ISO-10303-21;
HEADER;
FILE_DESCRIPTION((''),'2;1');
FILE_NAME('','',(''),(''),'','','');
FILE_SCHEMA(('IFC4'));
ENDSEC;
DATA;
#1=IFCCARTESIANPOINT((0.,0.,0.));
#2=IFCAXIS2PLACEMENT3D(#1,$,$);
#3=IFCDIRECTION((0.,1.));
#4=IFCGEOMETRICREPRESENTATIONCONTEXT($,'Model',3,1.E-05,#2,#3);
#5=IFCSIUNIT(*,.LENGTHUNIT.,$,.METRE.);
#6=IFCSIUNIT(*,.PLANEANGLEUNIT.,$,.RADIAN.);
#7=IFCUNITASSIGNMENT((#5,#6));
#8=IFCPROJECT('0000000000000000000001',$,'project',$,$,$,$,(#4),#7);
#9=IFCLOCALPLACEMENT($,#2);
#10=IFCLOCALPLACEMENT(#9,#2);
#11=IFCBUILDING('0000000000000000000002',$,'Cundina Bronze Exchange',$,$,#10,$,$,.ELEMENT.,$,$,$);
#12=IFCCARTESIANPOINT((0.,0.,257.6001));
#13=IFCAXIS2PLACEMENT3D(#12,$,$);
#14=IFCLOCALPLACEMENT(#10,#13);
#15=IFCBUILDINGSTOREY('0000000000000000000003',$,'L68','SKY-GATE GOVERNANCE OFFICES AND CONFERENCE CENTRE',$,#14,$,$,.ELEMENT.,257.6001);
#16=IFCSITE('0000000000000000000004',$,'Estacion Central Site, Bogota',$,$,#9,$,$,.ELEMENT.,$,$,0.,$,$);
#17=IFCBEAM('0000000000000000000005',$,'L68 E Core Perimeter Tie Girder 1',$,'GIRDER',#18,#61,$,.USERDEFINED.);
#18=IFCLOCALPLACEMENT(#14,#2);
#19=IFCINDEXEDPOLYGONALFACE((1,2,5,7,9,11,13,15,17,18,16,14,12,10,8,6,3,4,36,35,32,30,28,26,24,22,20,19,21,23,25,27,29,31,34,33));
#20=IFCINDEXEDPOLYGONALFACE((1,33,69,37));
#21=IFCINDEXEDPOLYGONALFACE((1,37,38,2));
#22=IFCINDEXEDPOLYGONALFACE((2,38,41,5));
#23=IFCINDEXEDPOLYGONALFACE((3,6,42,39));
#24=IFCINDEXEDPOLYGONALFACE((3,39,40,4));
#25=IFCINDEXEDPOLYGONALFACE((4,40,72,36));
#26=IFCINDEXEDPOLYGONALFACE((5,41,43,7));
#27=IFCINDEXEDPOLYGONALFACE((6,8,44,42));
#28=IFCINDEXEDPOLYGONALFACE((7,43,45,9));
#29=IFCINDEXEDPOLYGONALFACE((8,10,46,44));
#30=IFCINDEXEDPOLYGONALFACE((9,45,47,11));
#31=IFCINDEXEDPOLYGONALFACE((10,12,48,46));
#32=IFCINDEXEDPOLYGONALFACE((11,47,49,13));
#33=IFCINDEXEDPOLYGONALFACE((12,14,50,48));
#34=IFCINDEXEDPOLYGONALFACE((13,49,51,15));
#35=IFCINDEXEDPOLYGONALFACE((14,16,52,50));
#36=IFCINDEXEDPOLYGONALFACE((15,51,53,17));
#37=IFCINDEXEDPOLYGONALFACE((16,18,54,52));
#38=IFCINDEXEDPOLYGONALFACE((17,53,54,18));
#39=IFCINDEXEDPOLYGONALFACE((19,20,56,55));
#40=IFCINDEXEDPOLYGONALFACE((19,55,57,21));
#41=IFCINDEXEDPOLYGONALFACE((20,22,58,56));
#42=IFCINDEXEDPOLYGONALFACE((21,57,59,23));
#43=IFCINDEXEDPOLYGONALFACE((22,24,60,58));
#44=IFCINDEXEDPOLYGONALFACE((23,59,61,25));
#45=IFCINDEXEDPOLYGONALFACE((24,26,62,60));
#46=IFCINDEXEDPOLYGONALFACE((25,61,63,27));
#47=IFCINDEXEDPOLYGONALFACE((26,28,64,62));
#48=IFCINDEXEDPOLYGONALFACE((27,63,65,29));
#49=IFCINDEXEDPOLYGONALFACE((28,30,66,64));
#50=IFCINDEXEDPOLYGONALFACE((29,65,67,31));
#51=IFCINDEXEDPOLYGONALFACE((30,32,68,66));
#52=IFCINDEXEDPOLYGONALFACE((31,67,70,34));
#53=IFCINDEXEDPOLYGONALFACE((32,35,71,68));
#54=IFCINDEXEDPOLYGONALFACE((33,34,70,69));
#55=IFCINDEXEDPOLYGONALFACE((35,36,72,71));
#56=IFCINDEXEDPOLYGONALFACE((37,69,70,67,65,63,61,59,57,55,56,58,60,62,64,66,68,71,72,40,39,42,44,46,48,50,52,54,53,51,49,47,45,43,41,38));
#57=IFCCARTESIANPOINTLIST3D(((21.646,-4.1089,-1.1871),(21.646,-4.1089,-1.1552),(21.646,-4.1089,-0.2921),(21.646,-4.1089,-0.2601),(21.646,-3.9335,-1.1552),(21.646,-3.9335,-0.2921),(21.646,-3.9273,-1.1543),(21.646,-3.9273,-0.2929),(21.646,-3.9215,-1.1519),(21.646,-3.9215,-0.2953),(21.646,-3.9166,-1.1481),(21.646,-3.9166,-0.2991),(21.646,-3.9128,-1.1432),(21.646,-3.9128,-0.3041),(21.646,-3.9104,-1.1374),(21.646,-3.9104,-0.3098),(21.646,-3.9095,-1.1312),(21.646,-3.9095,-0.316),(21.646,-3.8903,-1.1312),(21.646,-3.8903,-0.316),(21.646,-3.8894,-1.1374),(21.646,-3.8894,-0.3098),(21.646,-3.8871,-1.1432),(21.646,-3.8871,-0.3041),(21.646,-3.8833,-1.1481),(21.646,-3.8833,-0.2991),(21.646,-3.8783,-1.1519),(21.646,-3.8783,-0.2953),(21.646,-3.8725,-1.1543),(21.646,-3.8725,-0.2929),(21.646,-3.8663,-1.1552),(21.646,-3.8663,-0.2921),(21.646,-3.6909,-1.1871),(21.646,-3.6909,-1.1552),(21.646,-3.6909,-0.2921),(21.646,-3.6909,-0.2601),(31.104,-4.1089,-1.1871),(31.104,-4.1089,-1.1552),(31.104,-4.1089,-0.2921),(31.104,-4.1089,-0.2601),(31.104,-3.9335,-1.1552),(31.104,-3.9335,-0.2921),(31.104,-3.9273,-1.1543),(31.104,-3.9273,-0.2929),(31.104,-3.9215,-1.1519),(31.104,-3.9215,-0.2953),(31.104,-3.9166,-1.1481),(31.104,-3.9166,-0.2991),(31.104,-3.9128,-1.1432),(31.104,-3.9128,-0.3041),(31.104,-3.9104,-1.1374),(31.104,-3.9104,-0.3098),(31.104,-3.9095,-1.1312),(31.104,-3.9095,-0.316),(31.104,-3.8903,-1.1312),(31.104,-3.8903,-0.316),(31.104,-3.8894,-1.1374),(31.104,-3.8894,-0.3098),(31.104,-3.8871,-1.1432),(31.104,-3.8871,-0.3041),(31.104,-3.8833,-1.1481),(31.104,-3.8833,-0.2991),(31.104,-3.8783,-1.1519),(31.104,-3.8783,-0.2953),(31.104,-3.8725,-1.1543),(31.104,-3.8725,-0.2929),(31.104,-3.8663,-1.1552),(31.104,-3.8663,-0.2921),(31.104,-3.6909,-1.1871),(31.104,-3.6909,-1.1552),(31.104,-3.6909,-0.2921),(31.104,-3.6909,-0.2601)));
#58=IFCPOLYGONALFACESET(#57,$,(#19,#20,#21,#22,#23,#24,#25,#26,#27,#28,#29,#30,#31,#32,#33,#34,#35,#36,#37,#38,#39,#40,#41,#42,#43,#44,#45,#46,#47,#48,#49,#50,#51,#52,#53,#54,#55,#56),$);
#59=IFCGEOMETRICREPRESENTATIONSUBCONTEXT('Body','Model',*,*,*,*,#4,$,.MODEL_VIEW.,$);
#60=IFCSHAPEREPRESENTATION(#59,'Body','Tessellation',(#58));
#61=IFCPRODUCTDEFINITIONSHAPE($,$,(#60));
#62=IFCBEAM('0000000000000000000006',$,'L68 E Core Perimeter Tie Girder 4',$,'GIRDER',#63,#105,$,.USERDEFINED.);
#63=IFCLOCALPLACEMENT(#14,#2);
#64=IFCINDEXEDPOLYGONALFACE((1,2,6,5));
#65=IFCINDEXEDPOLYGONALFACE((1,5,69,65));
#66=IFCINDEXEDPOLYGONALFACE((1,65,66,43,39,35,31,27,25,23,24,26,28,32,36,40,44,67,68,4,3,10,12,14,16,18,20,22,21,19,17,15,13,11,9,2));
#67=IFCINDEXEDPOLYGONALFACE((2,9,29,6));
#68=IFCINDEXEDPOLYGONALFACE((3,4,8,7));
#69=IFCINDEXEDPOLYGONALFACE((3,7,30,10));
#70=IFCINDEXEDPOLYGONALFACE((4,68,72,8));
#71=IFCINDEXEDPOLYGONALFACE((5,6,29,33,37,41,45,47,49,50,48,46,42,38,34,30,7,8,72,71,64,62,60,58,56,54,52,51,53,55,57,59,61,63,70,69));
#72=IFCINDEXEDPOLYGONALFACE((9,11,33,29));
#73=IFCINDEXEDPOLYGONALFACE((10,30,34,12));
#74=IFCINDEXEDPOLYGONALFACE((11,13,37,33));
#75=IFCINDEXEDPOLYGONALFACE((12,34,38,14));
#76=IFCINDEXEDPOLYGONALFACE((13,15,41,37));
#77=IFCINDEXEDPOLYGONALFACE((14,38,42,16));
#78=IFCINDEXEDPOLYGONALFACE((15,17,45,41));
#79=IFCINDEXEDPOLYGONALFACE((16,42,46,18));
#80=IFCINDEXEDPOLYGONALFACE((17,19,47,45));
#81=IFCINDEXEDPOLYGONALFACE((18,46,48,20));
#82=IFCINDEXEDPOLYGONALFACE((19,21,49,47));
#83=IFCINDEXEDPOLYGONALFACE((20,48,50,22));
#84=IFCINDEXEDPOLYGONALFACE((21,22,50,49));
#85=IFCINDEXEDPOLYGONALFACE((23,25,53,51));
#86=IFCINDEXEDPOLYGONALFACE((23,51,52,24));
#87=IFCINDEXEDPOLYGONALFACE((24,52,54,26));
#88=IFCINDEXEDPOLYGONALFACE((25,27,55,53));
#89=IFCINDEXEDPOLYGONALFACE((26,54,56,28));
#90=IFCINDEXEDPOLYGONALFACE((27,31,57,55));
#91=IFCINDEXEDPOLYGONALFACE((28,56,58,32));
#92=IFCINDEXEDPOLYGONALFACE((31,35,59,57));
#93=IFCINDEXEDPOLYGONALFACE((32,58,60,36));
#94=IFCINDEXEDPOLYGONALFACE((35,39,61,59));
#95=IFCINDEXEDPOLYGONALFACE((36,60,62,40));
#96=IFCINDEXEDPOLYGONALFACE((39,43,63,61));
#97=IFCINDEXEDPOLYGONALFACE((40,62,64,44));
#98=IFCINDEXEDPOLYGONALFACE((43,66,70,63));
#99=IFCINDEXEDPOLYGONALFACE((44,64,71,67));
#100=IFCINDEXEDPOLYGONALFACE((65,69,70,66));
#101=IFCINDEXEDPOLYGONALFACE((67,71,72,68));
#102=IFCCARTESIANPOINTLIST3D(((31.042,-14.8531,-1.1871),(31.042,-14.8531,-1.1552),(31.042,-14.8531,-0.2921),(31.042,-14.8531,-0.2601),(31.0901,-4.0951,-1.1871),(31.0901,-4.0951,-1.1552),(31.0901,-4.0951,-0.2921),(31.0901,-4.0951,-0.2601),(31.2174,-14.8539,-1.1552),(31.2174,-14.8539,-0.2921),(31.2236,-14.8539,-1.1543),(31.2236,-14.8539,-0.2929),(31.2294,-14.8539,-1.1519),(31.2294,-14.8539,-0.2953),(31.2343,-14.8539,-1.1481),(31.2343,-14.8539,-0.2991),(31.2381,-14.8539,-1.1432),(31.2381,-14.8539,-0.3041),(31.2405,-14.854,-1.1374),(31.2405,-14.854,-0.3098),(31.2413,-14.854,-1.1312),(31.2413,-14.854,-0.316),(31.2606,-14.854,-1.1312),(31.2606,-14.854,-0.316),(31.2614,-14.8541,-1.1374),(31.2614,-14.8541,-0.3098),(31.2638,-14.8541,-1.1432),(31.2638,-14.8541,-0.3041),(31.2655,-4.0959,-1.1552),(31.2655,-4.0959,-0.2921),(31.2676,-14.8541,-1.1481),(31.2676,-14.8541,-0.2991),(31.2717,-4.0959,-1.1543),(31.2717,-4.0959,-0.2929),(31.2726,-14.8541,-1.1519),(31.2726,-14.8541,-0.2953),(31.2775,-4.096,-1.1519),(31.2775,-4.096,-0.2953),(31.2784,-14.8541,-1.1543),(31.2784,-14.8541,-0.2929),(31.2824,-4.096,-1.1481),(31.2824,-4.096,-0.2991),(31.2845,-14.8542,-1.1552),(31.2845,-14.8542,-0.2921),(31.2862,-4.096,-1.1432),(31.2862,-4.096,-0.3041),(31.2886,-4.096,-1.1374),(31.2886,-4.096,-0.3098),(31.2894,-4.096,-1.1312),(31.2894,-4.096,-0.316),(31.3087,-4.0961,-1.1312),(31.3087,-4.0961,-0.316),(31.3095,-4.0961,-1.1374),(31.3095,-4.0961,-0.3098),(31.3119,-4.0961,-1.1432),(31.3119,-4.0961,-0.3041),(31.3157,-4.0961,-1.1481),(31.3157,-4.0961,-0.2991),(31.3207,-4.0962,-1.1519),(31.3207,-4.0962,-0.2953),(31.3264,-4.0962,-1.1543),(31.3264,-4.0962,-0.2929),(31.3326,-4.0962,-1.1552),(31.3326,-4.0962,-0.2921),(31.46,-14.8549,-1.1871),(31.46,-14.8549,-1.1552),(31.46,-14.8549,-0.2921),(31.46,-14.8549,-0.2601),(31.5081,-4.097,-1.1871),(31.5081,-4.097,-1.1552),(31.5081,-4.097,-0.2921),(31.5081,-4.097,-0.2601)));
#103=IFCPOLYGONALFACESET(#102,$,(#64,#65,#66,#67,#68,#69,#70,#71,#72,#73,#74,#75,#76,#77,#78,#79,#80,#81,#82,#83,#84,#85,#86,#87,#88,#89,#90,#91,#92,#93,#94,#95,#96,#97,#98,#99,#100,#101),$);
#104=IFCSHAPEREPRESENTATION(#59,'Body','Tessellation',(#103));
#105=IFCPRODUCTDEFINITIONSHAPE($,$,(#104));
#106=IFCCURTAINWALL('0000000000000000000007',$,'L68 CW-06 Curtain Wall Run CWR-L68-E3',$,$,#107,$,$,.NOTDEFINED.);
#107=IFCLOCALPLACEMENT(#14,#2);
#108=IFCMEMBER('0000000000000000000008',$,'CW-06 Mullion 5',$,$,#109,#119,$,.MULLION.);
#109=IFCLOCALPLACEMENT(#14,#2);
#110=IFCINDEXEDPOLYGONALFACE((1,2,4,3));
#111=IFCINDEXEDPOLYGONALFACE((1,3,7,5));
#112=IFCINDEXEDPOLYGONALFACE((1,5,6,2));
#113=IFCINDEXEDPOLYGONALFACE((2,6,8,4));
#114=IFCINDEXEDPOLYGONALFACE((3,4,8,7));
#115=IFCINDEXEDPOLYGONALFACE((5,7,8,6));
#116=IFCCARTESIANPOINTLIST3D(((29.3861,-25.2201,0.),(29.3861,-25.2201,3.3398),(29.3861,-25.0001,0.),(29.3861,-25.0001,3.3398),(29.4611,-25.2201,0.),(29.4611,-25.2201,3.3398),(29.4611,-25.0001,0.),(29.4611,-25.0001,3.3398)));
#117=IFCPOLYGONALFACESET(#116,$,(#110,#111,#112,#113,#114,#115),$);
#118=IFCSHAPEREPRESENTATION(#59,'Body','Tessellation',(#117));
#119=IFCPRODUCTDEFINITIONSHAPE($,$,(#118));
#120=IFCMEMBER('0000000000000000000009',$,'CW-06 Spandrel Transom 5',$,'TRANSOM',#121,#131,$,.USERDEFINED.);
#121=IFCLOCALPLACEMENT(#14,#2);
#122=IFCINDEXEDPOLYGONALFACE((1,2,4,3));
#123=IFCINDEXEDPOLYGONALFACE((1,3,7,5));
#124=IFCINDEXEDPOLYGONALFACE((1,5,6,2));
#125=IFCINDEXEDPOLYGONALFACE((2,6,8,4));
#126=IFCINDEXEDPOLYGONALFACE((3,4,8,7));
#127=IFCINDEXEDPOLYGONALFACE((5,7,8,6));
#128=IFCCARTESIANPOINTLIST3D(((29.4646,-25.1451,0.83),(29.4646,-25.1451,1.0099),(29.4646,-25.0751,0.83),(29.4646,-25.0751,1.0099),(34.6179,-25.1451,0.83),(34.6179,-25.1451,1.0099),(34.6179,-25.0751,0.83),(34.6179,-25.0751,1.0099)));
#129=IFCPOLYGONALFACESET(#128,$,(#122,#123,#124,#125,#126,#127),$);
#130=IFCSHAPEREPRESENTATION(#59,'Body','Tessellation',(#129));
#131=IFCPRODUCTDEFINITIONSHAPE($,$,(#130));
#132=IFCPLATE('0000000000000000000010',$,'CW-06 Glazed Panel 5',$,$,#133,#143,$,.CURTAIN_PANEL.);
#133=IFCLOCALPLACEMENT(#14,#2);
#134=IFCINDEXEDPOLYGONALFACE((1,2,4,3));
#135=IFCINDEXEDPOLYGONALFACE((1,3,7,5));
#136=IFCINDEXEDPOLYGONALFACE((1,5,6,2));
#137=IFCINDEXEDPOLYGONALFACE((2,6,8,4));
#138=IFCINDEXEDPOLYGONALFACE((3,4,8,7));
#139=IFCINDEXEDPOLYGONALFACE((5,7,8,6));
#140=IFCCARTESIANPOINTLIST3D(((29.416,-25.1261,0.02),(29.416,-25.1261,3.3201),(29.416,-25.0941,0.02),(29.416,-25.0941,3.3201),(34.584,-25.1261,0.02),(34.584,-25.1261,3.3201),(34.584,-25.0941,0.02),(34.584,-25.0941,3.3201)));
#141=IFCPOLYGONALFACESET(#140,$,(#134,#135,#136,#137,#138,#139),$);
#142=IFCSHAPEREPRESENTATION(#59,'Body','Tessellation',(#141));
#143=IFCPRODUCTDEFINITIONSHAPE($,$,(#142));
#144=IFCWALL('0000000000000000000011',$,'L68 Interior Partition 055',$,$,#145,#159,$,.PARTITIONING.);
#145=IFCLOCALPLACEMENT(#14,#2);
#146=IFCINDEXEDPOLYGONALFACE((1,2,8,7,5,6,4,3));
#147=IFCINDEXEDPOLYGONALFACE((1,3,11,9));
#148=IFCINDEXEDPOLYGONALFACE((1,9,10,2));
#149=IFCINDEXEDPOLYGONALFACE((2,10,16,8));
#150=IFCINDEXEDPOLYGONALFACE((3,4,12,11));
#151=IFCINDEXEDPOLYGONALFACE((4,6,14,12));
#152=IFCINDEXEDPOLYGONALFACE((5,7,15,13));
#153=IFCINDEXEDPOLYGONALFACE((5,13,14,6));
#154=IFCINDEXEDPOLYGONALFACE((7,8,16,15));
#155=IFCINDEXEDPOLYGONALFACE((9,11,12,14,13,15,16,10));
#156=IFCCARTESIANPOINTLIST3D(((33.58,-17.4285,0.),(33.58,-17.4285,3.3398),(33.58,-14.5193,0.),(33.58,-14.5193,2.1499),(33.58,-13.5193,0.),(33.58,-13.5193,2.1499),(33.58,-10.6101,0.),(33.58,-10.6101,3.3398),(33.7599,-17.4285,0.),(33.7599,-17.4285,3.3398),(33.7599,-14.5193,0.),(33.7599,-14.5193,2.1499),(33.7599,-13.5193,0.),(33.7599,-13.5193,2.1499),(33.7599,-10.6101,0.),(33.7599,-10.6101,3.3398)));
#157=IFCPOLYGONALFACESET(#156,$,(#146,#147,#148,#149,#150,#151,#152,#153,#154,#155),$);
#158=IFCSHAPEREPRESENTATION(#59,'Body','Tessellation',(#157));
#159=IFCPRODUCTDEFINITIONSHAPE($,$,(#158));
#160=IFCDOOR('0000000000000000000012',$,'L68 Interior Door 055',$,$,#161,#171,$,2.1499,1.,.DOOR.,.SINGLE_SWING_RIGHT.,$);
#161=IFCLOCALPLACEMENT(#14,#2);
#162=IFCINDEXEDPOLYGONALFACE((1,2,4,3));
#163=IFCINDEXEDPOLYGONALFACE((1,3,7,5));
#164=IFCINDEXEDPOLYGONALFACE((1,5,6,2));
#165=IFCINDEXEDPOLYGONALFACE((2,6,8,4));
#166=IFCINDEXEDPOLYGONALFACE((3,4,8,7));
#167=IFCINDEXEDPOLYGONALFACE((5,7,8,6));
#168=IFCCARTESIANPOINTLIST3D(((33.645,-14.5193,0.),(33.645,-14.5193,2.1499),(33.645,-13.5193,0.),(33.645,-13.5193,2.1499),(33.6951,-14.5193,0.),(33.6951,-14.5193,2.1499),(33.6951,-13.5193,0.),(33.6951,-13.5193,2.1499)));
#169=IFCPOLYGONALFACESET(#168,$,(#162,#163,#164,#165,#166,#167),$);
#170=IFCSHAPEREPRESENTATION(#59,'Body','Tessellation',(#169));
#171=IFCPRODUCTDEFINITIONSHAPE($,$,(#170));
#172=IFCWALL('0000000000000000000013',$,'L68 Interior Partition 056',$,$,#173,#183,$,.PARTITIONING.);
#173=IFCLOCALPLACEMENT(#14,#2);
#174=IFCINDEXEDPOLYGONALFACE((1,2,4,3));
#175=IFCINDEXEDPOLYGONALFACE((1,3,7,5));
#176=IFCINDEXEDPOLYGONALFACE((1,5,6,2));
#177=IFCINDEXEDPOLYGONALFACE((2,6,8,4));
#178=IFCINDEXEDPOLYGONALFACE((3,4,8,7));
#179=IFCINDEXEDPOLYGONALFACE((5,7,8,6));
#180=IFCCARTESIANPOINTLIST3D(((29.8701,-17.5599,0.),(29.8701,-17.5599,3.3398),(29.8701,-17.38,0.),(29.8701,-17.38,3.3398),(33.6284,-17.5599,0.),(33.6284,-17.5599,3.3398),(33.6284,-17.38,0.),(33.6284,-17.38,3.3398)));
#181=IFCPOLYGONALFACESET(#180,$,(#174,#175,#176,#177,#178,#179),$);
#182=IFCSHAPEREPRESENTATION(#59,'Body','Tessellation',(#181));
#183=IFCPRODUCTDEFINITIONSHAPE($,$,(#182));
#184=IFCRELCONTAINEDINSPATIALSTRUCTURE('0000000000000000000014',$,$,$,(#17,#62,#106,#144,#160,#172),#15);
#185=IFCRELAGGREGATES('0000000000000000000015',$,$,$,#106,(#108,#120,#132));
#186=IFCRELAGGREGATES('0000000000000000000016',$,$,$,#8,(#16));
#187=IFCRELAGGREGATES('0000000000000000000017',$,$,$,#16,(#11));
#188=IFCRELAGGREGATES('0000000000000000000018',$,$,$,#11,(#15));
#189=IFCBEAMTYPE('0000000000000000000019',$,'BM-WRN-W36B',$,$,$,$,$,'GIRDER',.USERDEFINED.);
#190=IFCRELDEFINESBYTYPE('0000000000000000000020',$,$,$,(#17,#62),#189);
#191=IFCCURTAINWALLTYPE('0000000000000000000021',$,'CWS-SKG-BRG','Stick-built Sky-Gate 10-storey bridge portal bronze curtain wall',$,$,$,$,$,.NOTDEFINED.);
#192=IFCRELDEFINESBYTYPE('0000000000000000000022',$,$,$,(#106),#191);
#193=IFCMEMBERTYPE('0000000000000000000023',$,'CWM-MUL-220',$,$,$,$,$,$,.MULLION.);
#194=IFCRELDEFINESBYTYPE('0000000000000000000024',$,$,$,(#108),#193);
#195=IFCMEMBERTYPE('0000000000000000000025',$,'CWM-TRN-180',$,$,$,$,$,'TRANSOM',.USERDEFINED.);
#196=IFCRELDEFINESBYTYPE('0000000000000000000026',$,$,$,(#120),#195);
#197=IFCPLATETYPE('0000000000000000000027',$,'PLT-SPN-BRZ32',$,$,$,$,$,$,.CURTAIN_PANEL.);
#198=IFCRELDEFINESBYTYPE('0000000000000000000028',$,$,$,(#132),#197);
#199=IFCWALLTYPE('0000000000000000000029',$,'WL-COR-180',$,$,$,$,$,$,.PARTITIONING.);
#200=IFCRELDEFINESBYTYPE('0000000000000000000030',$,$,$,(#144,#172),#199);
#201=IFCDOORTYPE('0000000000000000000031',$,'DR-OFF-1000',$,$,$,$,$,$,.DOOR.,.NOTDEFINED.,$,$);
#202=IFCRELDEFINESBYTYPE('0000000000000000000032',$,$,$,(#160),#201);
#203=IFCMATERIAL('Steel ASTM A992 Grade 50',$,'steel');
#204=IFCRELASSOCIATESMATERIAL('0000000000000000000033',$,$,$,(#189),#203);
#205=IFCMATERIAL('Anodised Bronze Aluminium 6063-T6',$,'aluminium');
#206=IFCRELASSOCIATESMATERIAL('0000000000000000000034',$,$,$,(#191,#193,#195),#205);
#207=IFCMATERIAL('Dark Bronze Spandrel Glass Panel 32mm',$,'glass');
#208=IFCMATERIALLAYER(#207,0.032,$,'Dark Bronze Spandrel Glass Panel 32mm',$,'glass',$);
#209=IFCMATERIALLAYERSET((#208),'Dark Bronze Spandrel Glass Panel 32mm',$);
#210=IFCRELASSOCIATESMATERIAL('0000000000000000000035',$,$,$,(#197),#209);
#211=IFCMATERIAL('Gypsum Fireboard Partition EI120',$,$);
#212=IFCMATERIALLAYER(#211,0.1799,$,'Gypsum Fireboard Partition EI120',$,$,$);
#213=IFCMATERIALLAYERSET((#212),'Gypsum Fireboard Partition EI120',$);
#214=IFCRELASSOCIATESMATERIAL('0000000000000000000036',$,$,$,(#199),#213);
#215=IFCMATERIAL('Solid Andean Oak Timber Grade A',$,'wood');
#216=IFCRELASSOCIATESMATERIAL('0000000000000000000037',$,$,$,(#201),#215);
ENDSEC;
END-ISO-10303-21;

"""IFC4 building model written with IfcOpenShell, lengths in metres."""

from ifc_helpers import new_model, si_unit, direction, frame, frame_2d, origin, origin_2d, place, context, subcontext, project, spatial, rectangle, i_section, extrude, material, layer, layer_set, material_profile, profile_set, type_object, element, fill, aggregate, save


model = new_model("IFC4")

# Units and contexts
model_context = context("Model", 3, precision=1e-05, world=origin(), true_north=direction((0.0, 1.0)))
body_context = subcontext(model_context, "Body", "Model", "MODEL_VIEW")
ifc_project = project(units=[si_unit("LENGTHUNIT", "METRE"), si_unit("PLANEANGLEUNIT", "RADIAN")], contexts=[model_context])

# Site, building, storey
site_placement = place(None, origin())
site = spatial("IfcSite", under=ifc_project, at=site_placement, Name="Estacion Central Site, Bogota", CompositionType="ELEMENT", RefElevation=0.0)
building_placement = place(site_placement, origin())
building = spatial("IfcBuilding", under=site, at=building_placement, Name="Cundina Bronze Exchange", CompositionType="ELEMENT")
storey_placement = place(building_placement, frame((0.0, 0.0, 257.6001)))
storey = spatial("IfcBuildingStorey", under=building, at=storey_placement, Name="L68", Description="SKY-GATE GOVERNANCE OFFICES AND CONFERENCE CENTRE", CompositionType="ELEMENT", Elevation=257.6001)

# Shared definitions
ifc_material_1 = material(Name="Steel ASTM A992 Grade 50", Category="steel")

# Beams
ifc_material_profile_1 = material_profile(ifc_material_1, i_section(OverallWidth=0.418, OverallDepth=0.927, WebThickness=0.0193, FlangeThickness=0.032, FilletRadius=0.0239, at=origin_2d()), Name="W36X231", Category="steel")
ifc_profile_set_1 = profile_set([ifc_material_profile_1], Name="Steel ASTM A992 Grade 50")
beam_type_1 = type_object("IfcBeamType", Name="BM-WRN-W36B", ElementType="GIRDER", PredefinedType="USERDEFINED", material=ifc_profile_set_1)
beam_1_placement = place(storey_placement, frame((31.104, -3.8999, -0.7236), z_axis=(-1.0, 0.0, 0.0), x_axis=(0.0, -1.0, 0.0)))
element("IfcBeam", 1, at=beam_1_placement, inside=storey, type_object=beam_type_1, Name="L68 E Core Perimeter Tie Girder 1", ObjectType="GIRDER", PredefinedType="USERDEFINED", context=body_context, shape_type="SweptSolid", body=[
    extrude(i_section(OverallWidth=0.418, OverallDepth=0.927, WebThickness=0.0193, FlangeThickness=0.032, FilletRadius=0.0239, at=origin_2d()), origin(), (0.0, 0.0, 1.0), 9.458),
])
beam_2_placement = place(storey_placement, frame((31.251, -14.854, -0.7236), z_axis=(0.004471, 0.99999, 0.0), x_axis=(-0.99999, 0.004471, 0.0)))
element("IfcBeam", 2, at=beam_2_placement, inside=storey, type_object=beam_type_1, Name="L68 E Core Perimeter Tie Girder 4", ObjectType="GIRDER", PredefinedType="USERDEFINED", context=body_context, shape_type="SweptSolid", body=[
    extrude(i_section(OverallWidth=0.418, OverallDepth=0.927, WebThickness=0.0193, FlangeThickness=0.032, FilletRadius=0.0239, at=origin_2d()), origin(), (0.0, 0.0, 1.0), 10.7581),
])

# Curtain wall, members, plate
ifc_material_2 = material(Name="Anodised Bronze Aluminium 6063-T6", Category="aluminium")
curtain_wall_type = type_object("IfcCurtainWallType", Name="CWS-SKG-BRG", Description="Stick-built Sky-Gate 10-storey bridge portal bronze curtain wall", PredefinedType="NOTDEFINED", material=ifc_material_2)
curtain_wall_placement = place(storey_placement, origin())
curtain_wall = element("IfcCurtainWall", 3, at=curtain_wall_placement, inside=storey, type_object=curtain_wall_type, Name="L68 CW-06 Curtain Wall Run CWR-L68-E3", PredefinedType="NOTDEFINED")
ifc_material_profile_2 = material_profile(ifc_material_2, rectangle(XDim=0.075, YDim=0.22, at=origin_2d()), Name="AL75X220", Category="aluminium")
ifc_profile_set_2 = profile_set([ifc_material_profile_2], Name="Anodised Bronze Aluminium 6063-T6")
member_type_1 = type_object("IfcMemberType", Name="CWM-MUL-220", PredefinedType="MULLION", material=ifc_profile_set_2)
member_1_placement = place(storey_placement, frame((29.4236, -25.1101, 0.0), z_axis=(0.0, 0.0, 1.0), x_axis=(1.0, 0.0, 0.0)))
member_1 = element("IfcMember", 4, at=member_1_placement, type_object=member_type_1, Name="CW-06 Mullion 5", PredefinedType="MULLION", context=body_context, shape_type="SweptSolid", body=[
    extrude(rectangle(XDim=0.075, YDim=0.22, at=origin_2d()), origin(), (0.0, 0.0, 1.0), 3.3398),
])
ifc_material_profile_3 = material_profile(ifc_material_2, rectangle(XDim=0.0701, YDim=0.1799, at=origin_2d()), Name="AL70X180", Category="aluminium")
ifc_profile_set_3 = profile_set([ifc_material_profile_3], Name="Anodised Bronze Aluminium 6063-T6")
member_type_2 = type_object("IfcMemberType", Name="CWM-TRN-180", ElementType="TRANSOM", PredefinedType="USERDEFINED", material=ifc_profile_set_3)
member_2_placement = place(storey_placement, frame((29.4646, -25.1101, 0.9199), z_axis=(1.0, 0.0, 0.0), x_axis=(0.0, 1.0, 0.0)))
member_2 = element("IfcMember", 5, at=member_2_placement, type_object=member_type_2, Name="CW-06 Spandrel Transom 5", ObjectType="TRANSOM", PredefinedType="USERDEFINED", context=body_context, shape_type="SweptSolid", body=[
    extrude(rectangle(XDim=0.0701, YDim=0.1799, at=origin_2d()), origin(), (0.0, 0.0, 1.0), 5.1533),
])
ifc_material_3 = material(Name="Dark Bronze Spandrel Glass Panel 32mm", Category="glass")
ifc_layer_1 = layer(ifc_material_3, 0.032, Name="Dark Bronze Spandrel Glass Panel 32mm", Category="glass")
ifc_layer_set_1 = layer_set([ifc_layer_1], Name="Dark Bronze Spandrel Glass Panel 32mm")
plate_type = type_object("IfcPlateType", Name="PLT-SPN-BRZ32", PredefinedType="CURTAIN_PANEL", material=ifc_layer_set_1)
plate_placement = place(storey_placement, frame((32.0, -25.1101, 0.02), z_axis=(0.0, 0.0, 1.0), x_axis=(1.0, 0.0, 0.0)))
plate = element("IfcPlate", 6, at=plate_placement, type_object=plate_type, Name="CW-06 Glazed Panel 5", PredefinedType="CURTAIN_PANEL", context=body_context, shape_type="SweptSolid", body=[
    extrude(rectangle(XDim=5.168, YDim=0.032, at=origin_2d()), origin(), (0.0, 0.0, 1.0), 3.3),
])
aggregate(curtain_wall, [member_1, member_2, plate])

# Wall, opening, door
ifc_material_4 = material(Name="Gypsum Fireboard Partition EI120")
ifc_layer_2 = layer(ifc_material_4, 0.1799, Name="Gypsum Fireboard Partition EI120")
ifc_layer_set_2 = layer_set([ifc_layer_2], Name="Gypsum Fireboard Partition EI120")
wall_type_1 = type_object("IfcWallType", Name="WL-COR-180", PredefinedType="PARTITIONING", material=ifc_layer_set_2)
ifc_material_5 = material(Name="Solid Andean Oak Timber Grade A", Category="wood")
door_type_1 = type_object("IfcDoorType", Name="DR-OFF-1000", OperationType="NOTDEFINED", PredefinedType="DOOR", material=ifc_material_5)
wall_1_placement = place(storey_placement, frame((33.6699, -17.4285, 0.0), z_axis=(0.0, 0.0, 1.0), x_axis=(0.0, 1.0, 0.0)))
wall_1 = element("IfcWall", 7, at=wall_1_placement, inside=storey, type_object=wall_type_1, Name="L68 Interior Partition 055", PredefinedType="PARTITIONING", context=body_context, shape_type="SweptSolid", body=[
    extrude(rectangle(XDim=6.8184, YDim=0.1799, at=frame_2d((3.4092, 0.0))), origin(), (0.0, 0.0, 1.0), 3.3398),
])
opening_1_placement = place(wall_1_placement, frame((2.9092, 0.0, 0.0)))
opening_1 = element("IfcOpeningElement", 8, at=opening_1_placement, cuts=wall_1, PredefinedType="OPENING", context=body_context, shape_type="SweptSolid", body=[
    extrude(rectangle(XDim=1.0, YDim=2.1499, at=frame_2d((0.5, 1.075))), frame((0.0, 0.0999, 0.0), z_axis=(0.0, -1.0, 0.0), x_axis=(1.0, 0.0, 0.0)), (0.0, 0.0, 1.0), 0.2),
])
door_1_placement = place(opening_1_placement, origin())
door_1 = element("IfcDoor", 9, at=door_1_placement, inside=storey, type_object=door_type_1, Name="L68 Interior Door 055", OperationType="SINGLE_SWING_RIGHT", OverallHeight=2.1499, OverallWidth=1.0, PredefinedType="DOOR", context=body_context, shape_type="SweptSolid", body=[
    extrude(rectangle(XDim=1.0, YDim=2.1499, at=frame_2d((0.5, 1.075))), frame((0.0, 0.0249, 0.0), z_axis=(0.0, -1.0, 0.0), x_axis=(1.0, 0.0, 0.0)), (0.0, 0.0, 1.0), 0.05),
])
fill(opening_1, door_1)

# Wall
wall_2_placement = place(storey_placement, frame((29.8701, -17.47, 0.0), z_axis=(0.0, 0.0, 1.0), x_axis=(1.0, 0.0, 0.0)))
element("IfcWall", 10, at=wall_2_placement, inside=storey, type_object=wall_type_1, Name="L68 Interior Partition 056", PredefinedType="PARTITIONING", context=body_context, shape_type="SweptSolid", body=[
    extrude(rectangle(XDim=3.7583, YDim=0.1799, at=frame_2d((1.8792, 0.0))), origin(), (0.0, 0.0, 1.0), 3.3398),
])

save(model, "model.ifc")
